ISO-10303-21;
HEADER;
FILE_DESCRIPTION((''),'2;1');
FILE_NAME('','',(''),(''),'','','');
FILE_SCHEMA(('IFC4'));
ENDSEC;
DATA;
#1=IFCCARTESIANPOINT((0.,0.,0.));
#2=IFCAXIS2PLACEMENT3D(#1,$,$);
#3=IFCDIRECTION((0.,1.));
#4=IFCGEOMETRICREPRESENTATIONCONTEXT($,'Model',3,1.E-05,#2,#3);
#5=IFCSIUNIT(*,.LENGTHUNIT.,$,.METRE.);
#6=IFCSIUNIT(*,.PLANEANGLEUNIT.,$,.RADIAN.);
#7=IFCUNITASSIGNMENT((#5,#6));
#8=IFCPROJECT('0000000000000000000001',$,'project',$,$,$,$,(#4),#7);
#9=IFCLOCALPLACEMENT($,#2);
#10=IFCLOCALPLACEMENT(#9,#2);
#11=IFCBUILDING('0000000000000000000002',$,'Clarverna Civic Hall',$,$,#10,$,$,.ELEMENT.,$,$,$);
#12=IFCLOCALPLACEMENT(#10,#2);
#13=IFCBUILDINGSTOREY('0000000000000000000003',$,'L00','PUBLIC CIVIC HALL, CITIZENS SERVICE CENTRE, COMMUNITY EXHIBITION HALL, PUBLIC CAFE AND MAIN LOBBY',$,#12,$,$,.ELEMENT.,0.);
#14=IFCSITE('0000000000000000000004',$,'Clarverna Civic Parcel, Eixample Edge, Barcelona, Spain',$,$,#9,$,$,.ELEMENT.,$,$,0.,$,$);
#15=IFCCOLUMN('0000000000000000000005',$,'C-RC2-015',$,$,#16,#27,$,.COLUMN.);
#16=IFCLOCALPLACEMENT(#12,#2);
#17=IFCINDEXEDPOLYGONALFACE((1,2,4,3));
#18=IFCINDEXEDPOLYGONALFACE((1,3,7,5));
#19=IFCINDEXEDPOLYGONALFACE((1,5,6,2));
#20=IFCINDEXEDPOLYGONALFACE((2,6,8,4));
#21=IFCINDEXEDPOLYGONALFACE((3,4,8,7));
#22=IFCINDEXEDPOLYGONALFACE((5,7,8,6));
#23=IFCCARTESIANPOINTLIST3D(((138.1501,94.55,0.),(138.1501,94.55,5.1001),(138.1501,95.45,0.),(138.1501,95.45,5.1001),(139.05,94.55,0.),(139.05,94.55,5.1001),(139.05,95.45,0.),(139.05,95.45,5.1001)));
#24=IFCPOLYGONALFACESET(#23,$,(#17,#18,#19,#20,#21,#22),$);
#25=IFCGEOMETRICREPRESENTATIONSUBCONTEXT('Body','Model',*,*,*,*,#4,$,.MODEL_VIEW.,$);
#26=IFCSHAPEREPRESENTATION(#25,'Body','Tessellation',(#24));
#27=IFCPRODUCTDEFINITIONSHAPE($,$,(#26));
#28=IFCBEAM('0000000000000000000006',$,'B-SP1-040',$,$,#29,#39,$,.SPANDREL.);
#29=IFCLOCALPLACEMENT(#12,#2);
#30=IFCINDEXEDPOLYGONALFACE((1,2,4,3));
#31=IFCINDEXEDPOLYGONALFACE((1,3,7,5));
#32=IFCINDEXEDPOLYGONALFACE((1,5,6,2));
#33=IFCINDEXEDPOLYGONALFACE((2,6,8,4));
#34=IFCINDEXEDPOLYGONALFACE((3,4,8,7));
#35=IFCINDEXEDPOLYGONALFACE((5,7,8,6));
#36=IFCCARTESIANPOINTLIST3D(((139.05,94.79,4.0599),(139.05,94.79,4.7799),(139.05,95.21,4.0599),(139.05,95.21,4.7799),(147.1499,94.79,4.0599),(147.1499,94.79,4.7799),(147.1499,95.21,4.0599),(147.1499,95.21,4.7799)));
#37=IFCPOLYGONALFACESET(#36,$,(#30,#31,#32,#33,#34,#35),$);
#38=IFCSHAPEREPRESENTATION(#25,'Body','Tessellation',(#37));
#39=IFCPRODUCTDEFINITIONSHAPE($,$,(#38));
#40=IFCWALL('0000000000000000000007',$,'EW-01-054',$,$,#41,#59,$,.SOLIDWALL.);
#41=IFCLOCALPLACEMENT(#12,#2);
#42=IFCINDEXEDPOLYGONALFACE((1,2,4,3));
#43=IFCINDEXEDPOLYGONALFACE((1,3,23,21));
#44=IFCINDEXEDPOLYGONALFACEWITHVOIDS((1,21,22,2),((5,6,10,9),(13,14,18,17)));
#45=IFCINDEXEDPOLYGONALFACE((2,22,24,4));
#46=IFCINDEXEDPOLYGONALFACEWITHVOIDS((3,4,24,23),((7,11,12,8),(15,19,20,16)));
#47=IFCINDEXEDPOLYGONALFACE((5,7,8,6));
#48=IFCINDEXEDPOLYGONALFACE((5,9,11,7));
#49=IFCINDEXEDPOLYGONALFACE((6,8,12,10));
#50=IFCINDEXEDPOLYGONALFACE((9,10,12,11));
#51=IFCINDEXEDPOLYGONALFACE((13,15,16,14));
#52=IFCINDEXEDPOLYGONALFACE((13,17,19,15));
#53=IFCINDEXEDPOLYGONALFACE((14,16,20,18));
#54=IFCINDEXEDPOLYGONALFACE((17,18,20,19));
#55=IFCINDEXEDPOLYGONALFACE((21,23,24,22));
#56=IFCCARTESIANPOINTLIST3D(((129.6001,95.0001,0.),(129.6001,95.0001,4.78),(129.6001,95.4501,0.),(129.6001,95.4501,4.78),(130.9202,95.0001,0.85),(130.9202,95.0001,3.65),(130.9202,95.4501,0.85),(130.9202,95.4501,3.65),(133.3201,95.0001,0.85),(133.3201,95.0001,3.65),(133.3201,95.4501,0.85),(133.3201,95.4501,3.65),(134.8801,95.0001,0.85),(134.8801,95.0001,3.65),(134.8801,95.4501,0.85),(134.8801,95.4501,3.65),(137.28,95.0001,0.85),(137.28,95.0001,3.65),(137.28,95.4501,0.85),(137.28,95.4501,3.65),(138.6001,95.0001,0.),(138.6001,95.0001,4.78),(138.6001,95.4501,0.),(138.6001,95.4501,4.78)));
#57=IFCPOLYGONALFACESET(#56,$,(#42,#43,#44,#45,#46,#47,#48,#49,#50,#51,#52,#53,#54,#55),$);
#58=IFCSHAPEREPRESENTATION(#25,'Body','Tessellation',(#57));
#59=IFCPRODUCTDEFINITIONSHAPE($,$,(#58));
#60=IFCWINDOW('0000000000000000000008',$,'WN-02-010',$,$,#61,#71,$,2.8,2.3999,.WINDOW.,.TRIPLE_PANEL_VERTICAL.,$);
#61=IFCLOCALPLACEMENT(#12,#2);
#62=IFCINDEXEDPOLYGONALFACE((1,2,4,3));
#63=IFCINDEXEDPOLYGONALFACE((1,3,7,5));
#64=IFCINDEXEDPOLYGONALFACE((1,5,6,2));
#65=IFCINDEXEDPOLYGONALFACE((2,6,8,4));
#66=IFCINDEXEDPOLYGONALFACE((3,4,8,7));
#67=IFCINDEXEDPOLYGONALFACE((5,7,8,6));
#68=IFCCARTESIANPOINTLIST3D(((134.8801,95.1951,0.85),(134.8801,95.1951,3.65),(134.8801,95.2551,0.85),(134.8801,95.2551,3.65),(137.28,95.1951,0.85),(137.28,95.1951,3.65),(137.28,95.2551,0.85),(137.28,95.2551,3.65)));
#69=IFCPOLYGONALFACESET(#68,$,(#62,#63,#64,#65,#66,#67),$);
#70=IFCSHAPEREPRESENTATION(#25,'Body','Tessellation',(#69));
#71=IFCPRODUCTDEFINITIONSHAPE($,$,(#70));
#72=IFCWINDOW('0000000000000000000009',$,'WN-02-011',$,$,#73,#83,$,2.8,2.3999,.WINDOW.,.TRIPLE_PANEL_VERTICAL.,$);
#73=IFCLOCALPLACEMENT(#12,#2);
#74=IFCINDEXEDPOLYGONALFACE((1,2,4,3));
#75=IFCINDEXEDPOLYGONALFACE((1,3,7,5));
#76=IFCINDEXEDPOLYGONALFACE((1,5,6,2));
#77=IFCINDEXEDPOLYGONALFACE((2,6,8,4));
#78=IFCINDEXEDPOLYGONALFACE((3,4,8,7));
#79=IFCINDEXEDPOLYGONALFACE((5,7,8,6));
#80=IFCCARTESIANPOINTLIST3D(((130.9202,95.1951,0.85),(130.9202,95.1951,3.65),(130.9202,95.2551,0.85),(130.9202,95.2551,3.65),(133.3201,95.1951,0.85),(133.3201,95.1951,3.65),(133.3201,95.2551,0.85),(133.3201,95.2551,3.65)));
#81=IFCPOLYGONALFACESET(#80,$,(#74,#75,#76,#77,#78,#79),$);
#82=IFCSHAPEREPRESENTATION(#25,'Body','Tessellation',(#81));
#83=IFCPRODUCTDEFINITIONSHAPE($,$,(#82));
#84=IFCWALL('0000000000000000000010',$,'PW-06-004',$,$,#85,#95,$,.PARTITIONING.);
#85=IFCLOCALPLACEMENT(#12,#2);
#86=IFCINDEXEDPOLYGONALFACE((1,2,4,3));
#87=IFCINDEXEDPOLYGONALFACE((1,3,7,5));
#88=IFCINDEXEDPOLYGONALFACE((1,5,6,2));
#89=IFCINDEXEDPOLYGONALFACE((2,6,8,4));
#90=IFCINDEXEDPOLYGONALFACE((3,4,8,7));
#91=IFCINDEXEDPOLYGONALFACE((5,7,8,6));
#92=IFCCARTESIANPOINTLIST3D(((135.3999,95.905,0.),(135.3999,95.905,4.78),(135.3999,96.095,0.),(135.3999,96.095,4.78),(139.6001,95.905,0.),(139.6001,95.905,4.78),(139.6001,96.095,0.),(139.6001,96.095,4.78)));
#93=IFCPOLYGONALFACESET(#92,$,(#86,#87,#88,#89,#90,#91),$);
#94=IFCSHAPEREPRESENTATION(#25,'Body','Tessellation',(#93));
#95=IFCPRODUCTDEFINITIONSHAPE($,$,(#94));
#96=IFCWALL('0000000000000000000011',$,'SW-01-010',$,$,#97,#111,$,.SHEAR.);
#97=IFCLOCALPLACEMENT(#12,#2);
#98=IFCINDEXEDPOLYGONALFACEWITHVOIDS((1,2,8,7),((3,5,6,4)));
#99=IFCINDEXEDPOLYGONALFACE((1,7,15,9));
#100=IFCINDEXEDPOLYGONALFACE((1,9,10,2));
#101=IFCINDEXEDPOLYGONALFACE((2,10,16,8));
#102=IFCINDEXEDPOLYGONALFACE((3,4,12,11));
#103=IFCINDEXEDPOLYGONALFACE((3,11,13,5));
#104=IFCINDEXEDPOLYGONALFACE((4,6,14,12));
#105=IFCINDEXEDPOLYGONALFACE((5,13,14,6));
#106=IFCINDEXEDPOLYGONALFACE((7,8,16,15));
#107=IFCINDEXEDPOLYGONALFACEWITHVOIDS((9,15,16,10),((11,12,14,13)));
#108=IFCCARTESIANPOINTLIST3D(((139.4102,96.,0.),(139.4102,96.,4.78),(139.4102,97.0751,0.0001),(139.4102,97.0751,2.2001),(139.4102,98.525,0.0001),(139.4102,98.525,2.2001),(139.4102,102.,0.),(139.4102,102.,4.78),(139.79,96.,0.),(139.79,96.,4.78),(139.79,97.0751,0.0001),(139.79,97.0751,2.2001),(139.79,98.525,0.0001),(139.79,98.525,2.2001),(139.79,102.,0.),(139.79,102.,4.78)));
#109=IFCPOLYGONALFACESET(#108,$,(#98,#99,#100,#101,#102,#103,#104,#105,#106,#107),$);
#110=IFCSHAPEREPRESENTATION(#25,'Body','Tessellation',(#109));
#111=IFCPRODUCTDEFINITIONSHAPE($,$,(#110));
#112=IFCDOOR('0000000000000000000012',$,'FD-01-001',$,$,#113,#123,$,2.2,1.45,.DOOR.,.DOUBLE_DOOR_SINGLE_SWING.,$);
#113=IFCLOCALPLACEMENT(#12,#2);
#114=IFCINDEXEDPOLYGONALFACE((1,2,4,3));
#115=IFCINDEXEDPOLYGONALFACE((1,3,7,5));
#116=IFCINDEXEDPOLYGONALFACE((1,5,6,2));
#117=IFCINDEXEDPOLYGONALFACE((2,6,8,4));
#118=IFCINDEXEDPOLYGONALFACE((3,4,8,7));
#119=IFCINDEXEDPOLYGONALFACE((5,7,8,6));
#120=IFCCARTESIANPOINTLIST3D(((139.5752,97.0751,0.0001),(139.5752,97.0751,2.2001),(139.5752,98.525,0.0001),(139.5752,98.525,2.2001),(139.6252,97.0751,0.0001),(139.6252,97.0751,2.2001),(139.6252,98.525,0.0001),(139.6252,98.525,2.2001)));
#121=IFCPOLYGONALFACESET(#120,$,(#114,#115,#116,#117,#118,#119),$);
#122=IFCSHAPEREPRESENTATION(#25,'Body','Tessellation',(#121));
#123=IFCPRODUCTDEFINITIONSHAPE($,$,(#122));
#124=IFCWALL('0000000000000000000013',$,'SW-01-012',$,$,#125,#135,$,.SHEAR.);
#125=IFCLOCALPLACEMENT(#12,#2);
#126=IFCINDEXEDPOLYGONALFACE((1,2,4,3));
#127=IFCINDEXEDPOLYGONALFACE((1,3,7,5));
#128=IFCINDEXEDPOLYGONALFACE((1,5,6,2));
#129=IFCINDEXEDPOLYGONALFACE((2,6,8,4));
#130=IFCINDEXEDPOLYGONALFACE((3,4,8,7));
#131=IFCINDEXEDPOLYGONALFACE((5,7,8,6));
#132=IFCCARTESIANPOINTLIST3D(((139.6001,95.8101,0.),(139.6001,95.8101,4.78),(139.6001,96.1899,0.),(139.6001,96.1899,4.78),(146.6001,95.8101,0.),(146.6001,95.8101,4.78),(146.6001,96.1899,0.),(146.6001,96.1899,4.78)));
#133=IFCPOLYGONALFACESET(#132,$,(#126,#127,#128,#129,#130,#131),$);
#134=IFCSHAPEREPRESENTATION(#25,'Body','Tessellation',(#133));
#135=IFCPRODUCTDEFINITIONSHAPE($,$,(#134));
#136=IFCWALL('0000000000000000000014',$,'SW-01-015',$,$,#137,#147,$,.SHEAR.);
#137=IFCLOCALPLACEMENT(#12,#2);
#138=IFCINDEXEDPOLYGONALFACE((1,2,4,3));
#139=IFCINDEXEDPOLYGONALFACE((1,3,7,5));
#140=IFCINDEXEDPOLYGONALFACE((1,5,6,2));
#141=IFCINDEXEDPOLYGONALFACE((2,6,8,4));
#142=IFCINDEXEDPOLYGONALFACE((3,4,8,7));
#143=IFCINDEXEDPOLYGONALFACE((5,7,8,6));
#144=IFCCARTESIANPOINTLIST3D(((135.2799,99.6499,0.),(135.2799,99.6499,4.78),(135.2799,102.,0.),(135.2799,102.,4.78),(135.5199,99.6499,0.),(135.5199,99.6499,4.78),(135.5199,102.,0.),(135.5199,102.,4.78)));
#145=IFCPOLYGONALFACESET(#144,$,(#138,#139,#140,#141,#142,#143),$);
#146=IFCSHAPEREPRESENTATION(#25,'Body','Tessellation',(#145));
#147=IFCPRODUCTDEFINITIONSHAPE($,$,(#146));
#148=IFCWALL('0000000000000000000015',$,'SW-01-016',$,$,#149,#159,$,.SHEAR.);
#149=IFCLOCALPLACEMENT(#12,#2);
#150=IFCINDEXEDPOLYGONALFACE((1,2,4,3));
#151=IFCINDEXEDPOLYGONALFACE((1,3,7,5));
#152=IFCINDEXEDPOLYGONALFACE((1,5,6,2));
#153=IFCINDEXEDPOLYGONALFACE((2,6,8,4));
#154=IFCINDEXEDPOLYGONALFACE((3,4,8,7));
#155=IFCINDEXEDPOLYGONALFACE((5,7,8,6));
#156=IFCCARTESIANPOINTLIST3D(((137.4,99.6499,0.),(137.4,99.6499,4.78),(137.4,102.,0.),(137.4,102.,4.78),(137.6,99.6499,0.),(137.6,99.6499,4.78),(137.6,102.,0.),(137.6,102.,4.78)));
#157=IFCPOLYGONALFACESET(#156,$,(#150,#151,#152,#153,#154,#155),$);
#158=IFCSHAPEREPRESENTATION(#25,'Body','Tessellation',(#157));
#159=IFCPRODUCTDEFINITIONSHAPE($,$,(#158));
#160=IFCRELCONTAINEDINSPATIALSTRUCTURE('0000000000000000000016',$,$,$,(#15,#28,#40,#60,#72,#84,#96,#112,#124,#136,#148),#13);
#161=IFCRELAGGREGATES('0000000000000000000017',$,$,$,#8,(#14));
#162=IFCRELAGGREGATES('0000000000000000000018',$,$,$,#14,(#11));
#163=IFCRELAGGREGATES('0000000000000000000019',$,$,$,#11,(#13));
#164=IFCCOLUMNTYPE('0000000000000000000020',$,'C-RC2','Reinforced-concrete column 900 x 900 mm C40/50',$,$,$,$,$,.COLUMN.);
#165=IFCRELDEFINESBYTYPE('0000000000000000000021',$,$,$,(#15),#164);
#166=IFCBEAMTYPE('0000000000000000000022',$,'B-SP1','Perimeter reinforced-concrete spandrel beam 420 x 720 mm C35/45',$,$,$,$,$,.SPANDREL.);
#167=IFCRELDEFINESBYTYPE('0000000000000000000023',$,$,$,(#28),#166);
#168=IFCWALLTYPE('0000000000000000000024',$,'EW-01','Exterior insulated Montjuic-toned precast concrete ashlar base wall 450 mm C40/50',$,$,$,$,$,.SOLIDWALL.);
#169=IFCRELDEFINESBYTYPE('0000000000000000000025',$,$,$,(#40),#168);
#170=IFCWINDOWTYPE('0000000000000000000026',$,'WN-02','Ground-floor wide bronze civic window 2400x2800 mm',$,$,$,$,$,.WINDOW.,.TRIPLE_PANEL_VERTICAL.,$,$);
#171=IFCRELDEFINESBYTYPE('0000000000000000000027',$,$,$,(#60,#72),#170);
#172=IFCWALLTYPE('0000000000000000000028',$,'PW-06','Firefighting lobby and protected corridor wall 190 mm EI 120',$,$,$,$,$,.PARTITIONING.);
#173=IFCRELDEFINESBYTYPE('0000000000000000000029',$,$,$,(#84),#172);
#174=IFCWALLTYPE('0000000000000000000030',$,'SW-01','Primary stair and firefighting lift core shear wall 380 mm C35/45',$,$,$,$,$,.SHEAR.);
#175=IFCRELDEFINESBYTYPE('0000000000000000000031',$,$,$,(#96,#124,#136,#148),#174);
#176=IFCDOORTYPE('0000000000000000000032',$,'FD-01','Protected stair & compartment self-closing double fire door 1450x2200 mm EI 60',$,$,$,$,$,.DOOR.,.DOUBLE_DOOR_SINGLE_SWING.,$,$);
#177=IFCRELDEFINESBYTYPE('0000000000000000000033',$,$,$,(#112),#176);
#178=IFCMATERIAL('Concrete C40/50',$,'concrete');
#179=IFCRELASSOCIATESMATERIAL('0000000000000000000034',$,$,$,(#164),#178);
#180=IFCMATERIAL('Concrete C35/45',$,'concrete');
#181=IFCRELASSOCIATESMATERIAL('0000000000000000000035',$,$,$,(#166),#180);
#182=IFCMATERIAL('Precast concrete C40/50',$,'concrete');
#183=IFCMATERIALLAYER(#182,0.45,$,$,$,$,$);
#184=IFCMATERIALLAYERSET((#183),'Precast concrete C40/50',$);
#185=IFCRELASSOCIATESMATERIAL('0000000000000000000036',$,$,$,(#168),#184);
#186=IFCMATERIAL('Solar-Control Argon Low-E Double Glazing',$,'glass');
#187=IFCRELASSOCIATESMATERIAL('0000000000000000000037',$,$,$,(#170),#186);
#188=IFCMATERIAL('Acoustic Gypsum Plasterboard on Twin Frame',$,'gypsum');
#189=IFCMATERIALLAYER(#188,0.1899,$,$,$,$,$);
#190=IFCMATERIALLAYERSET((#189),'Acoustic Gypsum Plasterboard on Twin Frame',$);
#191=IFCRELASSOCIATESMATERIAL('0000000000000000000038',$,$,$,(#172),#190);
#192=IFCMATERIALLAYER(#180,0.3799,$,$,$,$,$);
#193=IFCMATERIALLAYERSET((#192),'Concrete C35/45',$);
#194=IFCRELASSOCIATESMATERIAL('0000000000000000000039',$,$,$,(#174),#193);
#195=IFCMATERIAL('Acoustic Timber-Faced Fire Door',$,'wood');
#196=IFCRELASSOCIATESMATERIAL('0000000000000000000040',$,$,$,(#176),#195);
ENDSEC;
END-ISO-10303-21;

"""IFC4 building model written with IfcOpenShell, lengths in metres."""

from ifc_helpers import new_model, si_unit, direction, frame, frame_2d, origin, origin_2d, place, context, subcontext, project, spatial, rectangle, extrude, material, layer, layer_set, material_profile, profile_set, type_object, element, fill, save


model = new_model("IFC4")

# Units and contexts
model_context = context("Model", 3, precision=1e-05, world=origin(), true_north=direction((0.0, 1.0)))
body_context = subcontext(model_context, "Body", "Model", "MODEL_VIEW")
ifc_project = project(units=[si_unit("LENGTHUNIT", "METRE"), si_unit("PLANEANGLEUNIT", "RADIAN")], contexts=[model_context])

# Site, building, storey
site_placement = place(None, origin())
site = spatial("IfcSite", under=ifc_project, at=site_placement, Name="Clarverna Civic Parcel, Eixample Edge, Barcelona, Spain", CompositionType="ELEMENT", RefElevation=0.0)
building_placement = place(site_placement, origin())
building = spatial("IfcBuilding", under=site, at=building_placement, Name="Clarverna Civic Hall", CompositionType="ELEMENT")
storey_placement = place(building_placement, origin())
storey = spatial("IfcBuildingStorey", under=building, at=storey_placement, Name="L00", Description="PUBLIC CIVIC HALL, CITIZENS SERVICE CENTRE, COMMUNITY EXHIBITION HALL, PUBLIC CAFE AND MAIN LOBBY", CompositionType="ELEMENT", Elevation=0.0)

# Column
ifc_material_1 = material(Name="Concrete C40/50", Category="concrete")
ifc_material_profile_1 = material_profile(ifc_material_1, rectangle(XDim=0.8999, YDim=0.8999, at=origin_2d()), Name="RC 900x900")
ifc_profile_set_1 = profile_set([ifc_material_profile_1], Name="Concrete C40/50")
column_type = type_object("IfcColumnType", Name="C-RC2", Description="Reinforced-concrete column 900 x 900 mm C40/50", PredefinedType="COLUMN", material=ifc_profile_set_1)
column_placement = place(storey_placement, frame((138.6001, 95.0, 0.0), z_axis=(0.0, 0.0, 1.0), x_axis=(1.0, 0.0, 0.0)))
element("IfcColumn", 1, at=column_placement, inside=storey, type_object=column_type, Name="C-RC2-015", PredefinedType="COLUMN", context=body_context, shape_type="SweptSolid", body=[
    extrude(rectangle(XDim=0.8999, YDim=0.8999, at=origin_2d()), origin(), (0.0, 0.0, 1.0), 5.1001),
])

# Beam
ifc_material_2 = material(Name="Concrete C35/45", Category="concrete")
ifc_material_profile_2 = material_profile(ifc_material_2, rectangle(XDim=0.4199, YDim=0.72, at=origin_2d()), Name="RC 420x720")
ifc_profile_set_2 = profile_set([ifc_material_profile_2], Name="Concrete C35/45")
beam_type = type_object("IfcBeamType", Name="B-SP1", Description="Perimeter reinforced-concrete spandrel beam 420 x 720 mm C35/45", PredefinedType="SPANDREL", material=ifc_profile_set_2)
beam_placement = place(storey_placement, frame((139.05, 95.0, 4.4199), z_axis=(1.0, 0.0, 0.0), x_axis=(0.0, 1.0, 0.0)))
element("IfcBeam", 2, at=beam_placement, inside=storey, type_object=beam_type, Name="B-SP1-040", PredefinedType="SPANDREL", context=body_context, shape_type="SweptSolid", body=[
    extrude(rectangle(XDim=0.4199, YDim=0.72, at=origin_2d()), origin(), (0.0, 0.0, 1.0), 8.0999),
])

# Wall, openings, windows
ifc_material_3 = material(Name="Precast concrete C40/50", Category="concrete")
ifc_layer_1 = layer(ifc_material_3, 0.45)
ifc_layer_set_1 = layer_set([ifc_layer_1], Name="Precast concrete C40/50")
wall_type_1 = type_object("IfcWallType", Name="EW-01", Description="Exterior insulated Montjuic-toned precast concrete ashlar base wall 450 mm C40/50", PredefinedType="SOLIDWALL", material=ifc_layer_set_1)
wall_1_placement = place(storey_placement, frame((138.6001, 95.2251, 0.0), z_axis=(0.0, 0.0, 1.0), x_axis=(-1.0, 0.0, 0.0)))
wall_1 = element("IfcWall", 3, at=wall_1_placement, inside=storey, type_object=wall_type_1, Name="EW-01-054", PredefinedType="SOLIDWALL", context=body_context, shape_type="SweptSolid", body=[
    extrude(rectangle(XDim=9.0, YDim=0.45, at=frame_2d((4.5, 0.0))), origin(), (0.0, 0.0, 1.0), 4.78),
])
opening_1_placement = place(wall_1_placement, frame((1.3201, 0.0, 0.8501)))
opening_1 = element("IfcOpeningElement", 4, at=opening_1_placement, cuts=wall_1, PredefinedType="OPENING", context=body_context, shape_type="SweptSolid", body=[
    extrude(rectangle(XDim=2.3999, YDim=2.8, at=frame_2d((1.2, 1.3999))), frame((0.0, 0.2349, 0.0), z_axis=(0.0, -1.0, 0.0), x_axis=(1.0, 0.0, 0.0)), (0.0, 0.0, 1.0), 0.47),
])
opening_2_placement = place(wall_1_placement, frame((5.28, 0.0, 0.8501)))
opening_2 = element("IfcOpeningElement", 5, at=opening_2_placement, cuts=wall_1, PredefinedType="OPENING", context=body_context, shape_type="SweptSolid", body=[
    extrude(rectangle(XDim=2.3999, YDim=2.8, at=frame_2d((1.2, 1.3999))), frame((0.0, 0.2349, 0.0), z_axis=(0.0, -1.0, 0.0), x_axis=(1.0, 0.0, 0.0)), (0.0, 0.0, 1.0), 0.47),
])
ifc_material_4 = material(Name="Solar-Control Argon Low-E Double Glazing", Category="glass")
window_type = type_object("IfcWindowType", Name="WN-02", Description="Ground-floor wide bronze civic window 2400x2800 mm", PartitioningType="TRIPLE_PANEL_VERTICAL", PredefinedType="WINDOW", material=ifc_material_4)
window_1_placement = place(opening_1_placement, origin())
window_1 = element("IfcWindow", 6, at=window_1_placement, inside=storey, type_object=window_type, Name="WN-02-010", OverallHeight=2.8, OverallWidth=2.3999, PartitioningType="TRIPLE_PANEL_VERTICAL", PredefinedType="WINDOW", context=body_context, shape_type="SweptSolid", body=[
    extrude(rectangle(XDim=2.3999, YDim=2.8, at=frame_2d((1.2, 1.3999))), frame((0.0, 0.03, 0.0), z_axis=(0.0, -1.0, 0.0), x_axis=(1.0, 0.0, 0.0)), (0.0, 0.0, 1.0), 0.0601),
])
fill(opening_1, window_1)
window_2_placement = place(opening_2_placement, origin())
window_2 = element("IfcWindow", 7, at=window_2_placement, inside=storey, type_object=window_type, Name="WN-02-011", OverallHeight=2.8, OverallWidth=2.3999, PartitioningType="TRIPLE_PANEL_VERTICAL", PredefinedType="WINDOW", context=body_context, shape_type="SweptSolid", body=[
    extrude(rectangle(XDim=2.3999, YDim=2.8, at=frame_2d((1.2, 1.3999))), frame((0.0, 0.03, 0.0), z_axis=(0.0, -1.0, 0.0), x_axis=(1.0, 0.0, 0.0)), (0.0, 0.0, 1.0), 0.0601),
])
fill(opening_2, window_2)

# Shared definitions
ifc_material_5 = material(Name="Acoustic Gypsum Plasterboard on Twin Frame", Category="gypsum")
ifc_layer_2 = layer(ifc_material_5, 0.1899)
ifc_layer_set_2 = layer_set([ifc_layer_2], Name="Acoustic Gypsum Plasterboard on Twin Frame")
wall_type_2 = type_object("IfcWallType", Name="PW-06", Description="Firefighting lobby and protected corridor wall 190 mm EI 120", PredefinedType="PARTITIONING", material=ifc_layer_set_2)
ifc_material_6 = material(Name="Acoustic Timber-Faced Fire Door", Category="wood")

# Wall
wall_2_placement = place(storey_placement, frame((135.3999, 96.0, 0.0), z_axis=(0.0, 0.0, 1.0), x_axis=(1.0, 0.0, 0.0)))
element("IfcWall", 8, at=wall_2_placement, inside=storey, type_object=wall_type_2, Name="PW-06-004", PredefinedType="PARTITIONING", context=body_context, shape_type="SweptSolid", body=[
    extrude(rectangle(XDim=4.2002, YDim=0.1899, at=frame_2d((2.1001, 0.0))), origin(), (0.0, 0.0, 1.0), 4.78),
])

# Wall, opening, door
ifc_layer_3 = layer(ifc_material_2, 0.3799)
ifc_layer_set_3 = layer_set([ifc_layer_3], Name="Concrete C35/45")
wall_type_3 = type_object("IfcWallType", Name="SW-01", Description="Primary stair and firefighting lift core shear wall 380 mm C35/45", PredefinedType="SHEAR", material=ifc_layer_set_3)
wall_3_placement = place(storey_placement, frame((139.6001, 96.0, 0.0), z_axis=(0.0, 0.0, 1.0), x_axis=(0.0, 1.0, 0.0)))
wall_3 = element("IfcWall", 9, at=wall_3_placement, inside=storey, type_object=wall_type_3, Name="SW-01-010", PredefinedType="SHEAR", context=body_context, shape_type="SweptSolid", body=[
    extrude(rectangle(XDim=6.0, YDim=0.3799, at=frame_2d((3.0, 0.0))), origin(), (0.0, 0.0, 1.0), 4.78),
])
opening_3_placement = place(wall_3_placement, frame((1.075, 0.0, 0.0)))
opening_3 = element("IfcOpeningElement", 10, at=opening_3_placement, cuts=wall_3, PredefinedType="OPENING", context=body_context, shape_type="SweptSolid", body=[
    extrude(rectangle(XDim=1.45, YDim=2.2, at=frame_2d((0.7251, 1.1001))), frame((0.0, 0.2, 0.0), z_axis=(0.0, -1.0, 0.0), x_axis=(1.0, 0.0, 0.0)), (0.0, 0.0, 1.0), 0.3999),
])
door_type_1 = type_object("IfcDoorType", Name="FD-01", Description="Protected stair & compartment self-closing double fire door 1450x2200 mm EI 60", OperationType="DOUBLE_DOOR_SINGLE_SWING", PredefinedType="DOOR", material=ifc_material_6)
door_1_placement = place(opening_3_placement, origin())
door_1 = element("IfcDoor", 11, at=door_1_placement, inside=storey, type_object=door_type_1, Name="FD-01-001", OperationType="DOUBLE_DOOR_SINGLE_SWING", OverallHeight=2.2, OverallWidth=1.45, PredefinedType="DOOR", context=body_context, shape_type="SweptSolid", body=[
    extrude(rectangle(XDim=1.45, YDim=2.2, at=frame_2d((0.7251, 1.1001))), frame((0.0, 0.0249, 0.0), z_axis=(0.0, -1.0, 0.0), x_axis=(1.0, 0.0, 0.0)), (0.0, 0.0, 1.0), 0.05),
])
fill(opening_3, door_1)

# Walls
wall_4_placement = place(storey_placement, frame((139.6001, 96.0, 0.0), z_axis=(0.0, 0.0, 1.0), x_axis=(1.0, 0.0, 0.0)))
element("IfcWall", 12, at=wall_4_placement, inside=storey, type_object=wall_type_3, Name="SW-01-012", PredefinedType="SHEAR", context=body_context, shape_type="SweptSolid", body=[
    extrude(rectangle(XDim=7.0, YDim=0.3799, at=frame_2d((3.5, 0.0))), origin(), (0.0, 0.0, 1.0), 4.78),
])
wall_5_placement = place(storey_placement, frame((135.3999, 99.6499, 0.0), z_axis=(0.0, 0.0, 1.0), x_axis=(0.0, 1.0, 0.0)))
element("IfcWall", 13, at=wall_5_placement, inside=storey, type_object=wall_type_3, Name="SW-01-015", PredefinedType="SHEAR", context=body_context, shape_type="SweptSolid", body=[
    extrude(rectangle(XDim=2.3501, YDim=0.24, at=frame_2d((1.175, 0.0))), origin(), (0.0, 0.0, 1.0), 4.78),
])
wall_6_placement = place(storey_placement, frame((137.5, 99.6499, 0.0), z_axis=(0.0, 0.0, 1.0), x_axis=(0.0, 1.0, 0.0)))
element("IfcWall", 14, at=wall_6_placement, inside=storey, type_object=wall_type_3, Name="SW-01-016", PredefinedType="SHEAR", context=body_context, shape_type="SweptSolid", body=[
    extrude(rectangle(XDim=2.3501, YDim=0.2, at=frame_2d((1.175, 0.0))), origin(), (0.0, 0.0, 1.0), 4.78),
])

save(model, "model.ifc")
